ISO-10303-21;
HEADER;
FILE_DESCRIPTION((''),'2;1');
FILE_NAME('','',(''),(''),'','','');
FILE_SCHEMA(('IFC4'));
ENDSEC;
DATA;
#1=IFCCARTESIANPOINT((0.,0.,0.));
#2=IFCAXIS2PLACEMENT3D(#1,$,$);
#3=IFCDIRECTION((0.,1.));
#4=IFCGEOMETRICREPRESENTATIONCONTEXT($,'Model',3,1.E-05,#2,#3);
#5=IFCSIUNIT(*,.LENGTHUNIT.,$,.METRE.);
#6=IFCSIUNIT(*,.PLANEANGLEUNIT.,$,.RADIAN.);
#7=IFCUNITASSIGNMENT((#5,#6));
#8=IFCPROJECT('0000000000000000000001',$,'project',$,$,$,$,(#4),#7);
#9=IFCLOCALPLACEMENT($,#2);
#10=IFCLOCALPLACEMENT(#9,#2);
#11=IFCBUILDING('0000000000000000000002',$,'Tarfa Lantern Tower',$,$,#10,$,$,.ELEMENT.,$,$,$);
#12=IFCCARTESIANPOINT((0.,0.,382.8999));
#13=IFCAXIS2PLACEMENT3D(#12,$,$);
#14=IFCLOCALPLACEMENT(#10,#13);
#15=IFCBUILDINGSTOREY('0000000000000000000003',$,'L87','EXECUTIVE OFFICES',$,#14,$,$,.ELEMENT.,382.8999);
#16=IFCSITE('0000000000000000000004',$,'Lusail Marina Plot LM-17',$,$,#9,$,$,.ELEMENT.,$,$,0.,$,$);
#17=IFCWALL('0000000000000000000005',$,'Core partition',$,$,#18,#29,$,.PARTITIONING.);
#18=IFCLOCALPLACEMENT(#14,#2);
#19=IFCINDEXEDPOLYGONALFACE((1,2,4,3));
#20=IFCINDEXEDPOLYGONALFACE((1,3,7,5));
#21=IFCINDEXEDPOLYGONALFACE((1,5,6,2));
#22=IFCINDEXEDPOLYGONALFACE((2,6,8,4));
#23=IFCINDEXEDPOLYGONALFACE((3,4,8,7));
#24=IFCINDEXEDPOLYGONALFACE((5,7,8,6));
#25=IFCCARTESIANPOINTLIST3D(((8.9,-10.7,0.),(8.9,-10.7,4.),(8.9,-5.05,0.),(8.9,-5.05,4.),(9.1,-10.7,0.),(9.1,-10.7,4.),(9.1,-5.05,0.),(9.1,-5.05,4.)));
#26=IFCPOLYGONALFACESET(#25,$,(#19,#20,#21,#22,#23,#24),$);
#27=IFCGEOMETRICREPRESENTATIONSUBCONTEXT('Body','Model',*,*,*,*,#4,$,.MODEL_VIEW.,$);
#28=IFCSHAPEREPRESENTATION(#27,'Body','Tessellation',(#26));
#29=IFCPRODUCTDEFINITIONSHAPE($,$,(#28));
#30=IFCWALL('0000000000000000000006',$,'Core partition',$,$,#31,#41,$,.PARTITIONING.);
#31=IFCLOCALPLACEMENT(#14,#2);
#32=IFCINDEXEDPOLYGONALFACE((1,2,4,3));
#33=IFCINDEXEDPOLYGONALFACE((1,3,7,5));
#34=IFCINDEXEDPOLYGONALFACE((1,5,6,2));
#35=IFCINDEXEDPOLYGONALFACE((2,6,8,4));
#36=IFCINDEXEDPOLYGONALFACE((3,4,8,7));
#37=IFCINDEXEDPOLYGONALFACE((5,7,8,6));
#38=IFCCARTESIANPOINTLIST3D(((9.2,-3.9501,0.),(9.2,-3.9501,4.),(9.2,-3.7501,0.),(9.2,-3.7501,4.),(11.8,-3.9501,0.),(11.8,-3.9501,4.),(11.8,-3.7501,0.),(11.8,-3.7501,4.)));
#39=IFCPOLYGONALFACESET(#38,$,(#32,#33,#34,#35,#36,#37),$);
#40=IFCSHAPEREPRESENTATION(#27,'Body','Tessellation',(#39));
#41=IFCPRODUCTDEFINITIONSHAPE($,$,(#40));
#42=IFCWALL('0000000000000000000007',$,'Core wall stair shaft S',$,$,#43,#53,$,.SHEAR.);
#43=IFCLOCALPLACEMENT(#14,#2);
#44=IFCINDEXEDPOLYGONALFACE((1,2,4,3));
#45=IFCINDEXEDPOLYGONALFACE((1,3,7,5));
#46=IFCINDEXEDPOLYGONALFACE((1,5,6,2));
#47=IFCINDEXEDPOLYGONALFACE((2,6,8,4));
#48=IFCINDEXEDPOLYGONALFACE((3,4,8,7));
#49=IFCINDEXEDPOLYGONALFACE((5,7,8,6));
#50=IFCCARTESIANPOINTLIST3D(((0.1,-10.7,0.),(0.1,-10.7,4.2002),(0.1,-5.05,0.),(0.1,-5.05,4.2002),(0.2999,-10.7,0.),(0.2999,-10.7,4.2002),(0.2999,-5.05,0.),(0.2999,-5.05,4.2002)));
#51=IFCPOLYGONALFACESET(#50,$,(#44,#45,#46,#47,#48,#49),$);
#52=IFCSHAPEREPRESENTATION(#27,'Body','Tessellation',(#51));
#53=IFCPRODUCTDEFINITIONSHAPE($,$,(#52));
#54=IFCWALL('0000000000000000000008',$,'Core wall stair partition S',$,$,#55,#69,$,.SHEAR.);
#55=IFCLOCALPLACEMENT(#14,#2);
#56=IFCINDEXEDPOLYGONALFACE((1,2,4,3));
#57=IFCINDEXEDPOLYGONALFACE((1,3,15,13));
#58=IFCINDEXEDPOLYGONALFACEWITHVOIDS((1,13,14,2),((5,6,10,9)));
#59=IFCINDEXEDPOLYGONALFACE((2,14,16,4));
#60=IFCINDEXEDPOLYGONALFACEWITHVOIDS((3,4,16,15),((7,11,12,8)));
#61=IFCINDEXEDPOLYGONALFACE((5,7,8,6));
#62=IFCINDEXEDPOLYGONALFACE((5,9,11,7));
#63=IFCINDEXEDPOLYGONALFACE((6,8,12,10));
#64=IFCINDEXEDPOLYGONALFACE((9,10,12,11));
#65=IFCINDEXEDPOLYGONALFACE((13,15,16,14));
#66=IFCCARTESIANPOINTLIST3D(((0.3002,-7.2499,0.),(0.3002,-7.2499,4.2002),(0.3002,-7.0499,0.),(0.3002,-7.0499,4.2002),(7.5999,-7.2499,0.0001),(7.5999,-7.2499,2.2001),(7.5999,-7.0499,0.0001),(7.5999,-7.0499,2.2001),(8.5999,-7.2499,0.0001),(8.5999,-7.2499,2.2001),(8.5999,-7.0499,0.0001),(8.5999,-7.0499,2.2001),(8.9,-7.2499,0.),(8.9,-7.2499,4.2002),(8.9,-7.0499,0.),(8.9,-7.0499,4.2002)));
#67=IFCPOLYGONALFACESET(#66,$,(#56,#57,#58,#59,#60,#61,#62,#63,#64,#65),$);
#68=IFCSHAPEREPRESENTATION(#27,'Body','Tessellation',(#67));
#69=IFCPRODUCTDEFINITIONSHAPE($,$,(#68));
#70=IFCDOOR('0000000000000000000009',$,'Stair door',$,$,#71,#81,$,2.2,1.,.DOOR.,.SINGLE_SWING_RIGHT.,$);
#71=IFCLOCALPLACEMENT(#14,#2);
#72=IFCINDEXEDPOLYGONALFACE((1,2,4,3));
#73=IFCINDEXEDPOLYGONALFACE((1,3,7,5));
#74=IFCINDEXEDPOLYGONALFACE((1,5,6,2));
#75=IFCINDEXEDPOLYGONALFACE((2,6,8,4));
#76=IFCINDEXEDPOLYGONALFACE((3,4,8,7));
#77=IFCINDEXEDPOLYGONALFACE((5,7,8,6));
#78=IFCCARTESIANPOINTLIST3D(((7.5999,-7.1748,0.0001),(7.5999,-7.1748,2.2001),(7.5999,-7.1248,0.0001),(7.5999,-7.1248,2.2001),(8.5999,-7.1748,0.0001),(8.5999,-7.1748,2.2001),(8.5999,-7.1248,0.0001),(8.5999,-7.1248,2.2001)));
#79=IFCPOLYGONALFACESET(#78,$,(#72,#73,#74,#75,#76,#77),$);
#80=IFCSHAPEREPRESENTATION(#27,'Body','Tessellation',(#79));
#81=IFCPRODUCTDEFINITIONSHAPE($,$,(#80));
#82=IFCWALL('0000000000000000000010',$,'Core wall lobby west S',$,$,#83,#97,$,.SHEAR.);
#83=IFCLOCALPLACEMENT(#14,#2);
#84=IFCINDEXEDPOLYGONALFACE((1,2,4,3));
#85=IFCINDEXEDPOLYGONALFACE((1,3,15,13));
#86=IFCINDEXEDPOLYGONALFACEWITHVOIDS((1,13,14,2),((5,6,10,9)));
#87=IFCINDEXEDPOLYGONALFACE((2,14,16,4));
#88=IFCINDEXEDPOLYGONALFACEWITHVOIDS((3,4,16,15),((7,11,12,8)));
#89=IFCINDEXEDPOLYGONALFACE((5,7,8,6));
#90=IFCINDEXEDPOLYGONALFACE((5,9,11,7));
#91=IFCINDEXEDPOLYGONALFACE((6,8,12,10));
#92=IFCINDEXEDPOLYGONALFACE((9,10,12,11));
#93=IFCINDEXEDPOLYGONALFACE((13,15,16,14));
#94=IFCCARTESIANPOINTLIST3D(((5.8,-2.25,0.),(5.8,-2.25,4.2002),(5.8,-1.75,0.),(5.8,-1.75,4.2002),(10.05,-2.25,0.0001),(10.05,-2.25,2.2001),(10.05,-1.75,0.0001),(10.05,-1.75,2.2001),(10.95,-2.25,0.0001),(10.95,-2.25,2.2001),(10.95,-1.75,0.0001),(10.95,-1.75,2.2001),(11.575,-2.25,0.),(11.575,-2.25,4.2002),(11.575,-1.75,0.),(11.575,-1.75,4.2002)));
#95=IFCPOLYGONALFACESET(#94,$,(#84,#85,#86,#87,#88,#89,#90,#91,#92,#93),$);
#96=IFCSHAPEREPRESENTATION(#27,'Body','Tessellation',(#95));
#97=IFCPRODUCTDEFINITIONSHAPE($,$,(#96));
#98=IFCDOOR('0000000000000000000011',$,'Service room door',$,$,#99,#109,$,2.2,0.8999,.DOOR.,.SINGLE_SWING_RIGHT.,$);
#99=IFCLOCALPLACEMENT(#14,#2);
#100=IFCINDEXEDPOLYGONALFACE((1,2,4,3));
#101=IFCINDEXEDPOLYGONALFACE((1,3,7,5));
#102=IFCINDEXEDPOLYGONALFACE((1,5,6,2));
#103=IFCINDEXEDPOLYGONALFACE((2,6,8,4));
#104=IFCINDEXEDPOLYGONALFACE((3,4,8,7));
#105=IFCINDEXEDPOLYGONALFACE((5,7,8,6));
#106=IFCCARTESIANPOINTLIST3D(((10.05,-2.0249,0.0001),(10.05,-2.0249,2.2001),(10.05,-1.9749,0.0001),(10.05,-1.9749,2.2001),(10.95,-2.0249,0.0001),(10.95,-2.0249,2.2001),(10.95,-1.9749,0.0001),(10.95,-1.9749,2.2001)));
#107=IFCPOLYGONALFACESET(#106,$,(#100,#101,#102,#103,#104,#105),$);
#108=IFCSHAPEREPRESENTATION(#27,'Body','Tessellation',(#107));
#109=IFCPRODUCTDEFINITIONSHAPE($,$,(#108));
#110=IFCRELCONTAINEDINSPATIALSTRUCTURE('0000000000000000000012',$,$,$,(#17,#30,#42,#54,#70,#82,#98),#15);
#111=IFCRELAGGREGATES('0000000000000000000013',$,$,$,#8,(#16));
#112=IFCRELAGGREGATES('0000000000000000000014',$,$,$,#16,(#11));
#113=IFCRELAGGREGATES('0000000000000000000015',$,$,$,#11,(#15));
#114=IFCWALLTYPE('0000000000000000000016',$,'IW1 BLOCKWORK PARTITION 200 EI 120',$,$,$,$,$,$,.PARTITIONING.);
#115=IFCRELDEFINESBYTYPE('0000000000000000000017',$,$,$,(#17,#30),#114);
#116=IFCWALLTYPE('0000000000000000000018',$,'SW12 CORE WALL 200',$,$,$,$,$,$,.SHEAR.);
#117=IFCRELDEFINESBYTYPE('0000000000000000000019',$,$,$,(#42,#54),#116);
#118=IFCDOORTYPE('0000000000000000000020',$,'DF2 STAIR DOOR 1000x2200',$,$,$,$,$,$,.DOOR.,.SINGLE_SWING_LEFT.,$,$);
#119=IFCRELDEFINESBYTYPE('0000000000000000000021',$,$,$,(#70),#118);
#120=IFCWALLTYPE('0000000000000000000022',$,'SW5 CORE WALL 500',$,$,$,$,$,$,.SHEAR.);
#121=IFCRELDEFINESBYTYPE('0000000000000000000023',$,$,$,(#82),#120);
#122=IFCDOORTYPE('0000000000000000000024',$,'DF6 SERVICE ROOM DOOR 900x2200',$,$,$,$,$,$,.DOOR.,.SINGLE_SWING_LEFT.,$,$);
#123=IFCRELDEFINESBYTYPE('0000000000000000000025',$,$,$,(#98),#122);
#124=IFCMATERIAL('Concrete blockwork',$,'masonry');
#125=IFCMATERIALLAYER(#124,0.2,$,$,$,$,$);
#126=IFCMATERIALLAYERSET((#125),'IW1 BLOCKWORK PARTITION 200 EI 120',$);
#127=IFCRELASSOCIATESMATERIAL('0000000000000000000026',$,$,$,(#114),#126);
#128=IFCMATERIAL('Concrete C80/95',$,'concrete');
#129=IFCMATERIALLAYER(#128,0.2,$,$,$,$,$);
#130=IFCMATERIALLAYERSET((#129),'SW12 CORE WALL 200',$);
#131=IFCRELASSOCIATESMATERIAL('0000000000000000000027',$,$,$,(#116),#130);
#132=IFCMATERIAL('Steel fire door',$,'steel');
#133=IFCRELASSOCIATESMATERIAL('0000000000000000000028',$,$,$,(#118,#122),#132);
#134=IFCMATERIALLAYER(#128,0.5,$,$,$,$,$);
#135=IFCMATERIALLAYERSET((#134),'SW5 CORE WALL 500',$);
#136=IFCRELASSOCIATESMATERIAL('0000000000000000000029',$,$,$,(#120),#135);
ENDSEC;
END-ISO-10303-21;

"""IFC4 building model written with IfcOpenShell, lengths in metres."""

from ifc_helpers import new_model, si_unit, direction, frame, frame_2d, origin, place, context, subcontext, project, spatial, rectangle, extrude, material, layer, layer_set, type_object, element, fill, save


model = new_model("IFC4")

# Units and contexts
model_context = context("Model", 3, precision=1e-05, world=origin(), true_north=direction((0.0, 1.0)))
body_context = subcontext(model_context, "Body", "Model", "MODEL_VIEW")
ifc_project = project(units=[si_unit("LENGTHUNIT", "METRE"), si_unit("PLANEANGLEUNIT", "RADIAN")], contexts=[model_context])

# Site, building, storey
site_placement = place(None, origin())
site = spatial("IfcSite", under=ifc_project, at=site_placement, Name="Lusail Marina Plot LM-17", CompositionType="ELEMENT", RefElevation=0.0)
building_placement = place(site_placement, origin())
building = spatial("IfcBuilding", under=site, at=building_placement, Name="Tarfa Lantern Tower", CompositionType="ELEMENT")
storey_placement = place(building_placement, frame((0.0, 0.0, 382.8999)))
storey = spatial("IfcBuildingStorey", under=building, at=storey_placement, Name="L87", Description="EXECUTIVE OFFICES", CompositionType="ELEMENT", Elevation=382.8999)

# Walls
ifc_material_1 = material(Name="Concrete blockwork", Category="masonry")
ifc_layer_1 = layer(ifc_material_1, 0.2)
ifc_layer_set_1 = layer_set([ifc_layer_1], Name="IW1 BLOCKWORK PARTITION 200 EI 120")
wall_type_1 = type_object("IfcWallType", Name="IW1 BLOCKWORK PARTITION 200 EI 120", PredefinedType="PARTITIONING", material=ifc_layer_set_1)
wall_1_placement = place(storey_placement, frame((9.0, -5.05, 0.0), z_axis=(0.0, 0.0, 1.0), x_axis=(0.0, -1.0, 0.0)))
element("IfcWall", 1, at=wall_1_placement, inside=storey, type_object=wall_type_1, Name="Core partition", PredefinedType="PARTITIONING", context=body_context, shape_type="SweptSolid", body=[
    extrude(rectangle(XDim=5.6499, YDim=0.2, at=frame_2d((2.825, 0.0))), origin(), (0.0, 0.0, 1.0), 4.0),
])
wall_2_placement = place(storey_placement, frame((11.8, -3.8501, 0.0), z_axis=(0.0, 0.0, 1.0), x_axis=(-1.0, 0.0, 0.0)))
element("IfcWall", 2, at=wall_2_placement, inside=storey, type_object=wall_type_1, Name="Core partition", PredefinedType="PARTITIONING", context=body_context, shape_type="SweptSolid", body=[
    extrude(rectangle(XDim=2.6001, YDim=0.2, at=frame_2d((1.3, 0.0))), origin(), (0.0, 0.0, 1.0), 4.0),
])
ifc_material_2 = material(Name="Concrete C80/95", Category="concrete")
ifc_layer_2 = layer(ifc_material_2, 0.2)
ifc_layer_set_2 = layer_set([ifc_layer_2], Name="SW12 CORE WALL 200")
wall_type_2 = type_object("IfcWallType", Name="SW12 CORE WALL 200", PredefinedType="SHEAR", material=ifc_layer_set_2)
wall_3_placement = place(storey_placement, frame((0.2, -5.05, 0.0), z_axis=(0.0, 0.0, 1.0), x_axis=(0.0, -1.0, 0.0)))
element("IfcWall", 3, at=wall_3_placement, inside=storey, type_object=wall_type_2, Name="Core wall stair shaft S", PredefinedType="SHEAR", context=body_context, shape_type="SweptSolid", body=[
    extrude(rectangle(XDim=5.6499, YDim=0.2, at=frame_2d((2.825, 0.0))), origin(), (0.0, 0.0, 1.0), 4.2002),
])

# Walls, openings, doors
wall_4_placement = place(storey_placement, frame((8.8999, -7.1499, 0.0), z_axis=(0.0, 0.0, 1.0), x_axis=(-1.0, 0.0, 0.0)))
wall_4 = element("IfcWall", 4, at=wall_4_placement, inside=storey, type_object=wall_type_2, Name="Core wall stair partition S", PredefinedType="SHEAR", context=body_context, shape_type="SweptSolid", body=[
    extrude(rectangle(XDim=8.5999, YDim=0.2, at=frame_2d((4.2998, 0.0))), origin(), (0.0, 0.0, 1.0), 4.2002),
])
opening_1_placement = place(wall_4_placement, frame((0.3, 0.0, 0.0)))
opening_1 = element("IfcOpeningElement", 5, at=opening_1_placement, cuts=wall_4, PredefinedType="OPENING", context=body_context, shape_type="SweptSolid", body=[
    extrude(rectangle(XDim=1.0, YDim=2.2, at=frame_2d((0.5, 1.1001))), frame((0.0, 0.1099, 0.0), z_axis=(0.0, -1.0, 0.0), x_axis=(1.0, 0.0, 0.0)), (0.0, 0.0, 1.0), 0.22),
])
ifc_material_3 = material(Name="Steel fire door", Category="steel")
door_type_1 = type_object("IfcDoorType", Name="DF2 STAIR DOOR 1000x2200", OperationType="SINGLE_SWING_LEFT", PredefinedType="DOOR", material=ifc_material_3)
door_1_placement = place(opening_1_placement, origin())
door_1 = element("IfcDoor", 6, at=door_1_placement, inside=storey, type_object=door_type_1, Name="Stair door", OperationType="SINGLE_SWING_RIGHT", OverallHeight=2.2, OverallWidth=1.0, PredefinedType="DOOR", context=body_context, shape_type="SweptSolid", body=[
    extrude(rectangle(XDim=1.0, YDim=2.2, at=frame_2d((0.5, 1.1001))), frame((0.0, 0.0249, 0.0), z_axis=(0.0, -1.0, 0.0), x_axis=(1.0, 0.0, 0.0)), (0.0, 0.0, 1.0), 0.05),
])
fill(opening_1, door_1)
ifc_layer_3 = layer(ifc_material_2, 0.5)
ifc_layer_set_3 = layer_set([ifc_layer_3], Name="SW5 CORE WALL 500")
wall_type_3 = type_object("IfcWallType", Name="SW5 CORE WALL 500", PredefinedType="SHEAR", material=ifc_layer_set_3)
wall_5_placement = place(storey_placement, frame((11.575, -2.0, 0.0), z_axis=(0.0, 0.0, 1.0), x_axis=(-1.0, 0.0, 0.0)))
wall_5 = element("IfcWall", 7, at=wall_5_placement, inside=storey, type_object=wall_type_3, Name="Core wall lobby west S", PredefinedType="SHEAR", context=body_context, shape_type="SweptSolid", body=[
    extrude(rectangle(XDim=5.7749, YDim=0.5, at=frame_2d((2.8875, 0.0))), origin(), (0.0, 0.0, 1.0), 4.2002),
])
opening_2_placement = place(wall_5_placement, frame((0.625, 0.0, 0.0)))
opening_2 = element("IfcOpeningElement", 8, at=opening_2_placement, cuts=wall_5, PredefinedType="OPENING", context=body_context, shape_type="SweptSolid", body=[
    extrude(rectangle(XDim=0.8999, YDim=2.2, at=frame_2d((0.45, 1.1001))), frame((0.0, 0.26, 0.0), z_axis=(0.0, -1.0, 0.0), x_axis=(1.0, 0.0, 0.0)), (0.0, 0.0, 1.0), 0.52),
])
door_type_2 = type_object("IfcDoorType", Name="DF6 SERVICE ROOM DOOR 900x2200", OperationType="SINGLE_SWING_LEFT", PredefinedType="DOOR", material=ifc_material_3)
door_2_placement = place(opening_2_placement, origin())
door_2 = element("IfcDoor", 9, at=door_2_placement, inside=storey, type_object=door_type_2, Name="Service room door", OperationType="SINGLE_SWING_RIGHT", OverallHeight=2.2, OverallWidth=0.8999, PredefinedType="DOOR", context=body_context, shape_type="SweptSolid", body=[
    extrude(rectangle(XDim=0.8999, YDim=2.2, at=frame_2d((0.45, 1.1001))), frame((0.0, 0.0249, 0.0), z_axis=(0.0, -1.0, 0.0), x_axis=(1.0, 0.0, 0.0)), (0.0, 0.0, 1.0), 0.05),
])
fill(opening_2, door_2)

save(model, "model.ifc")
